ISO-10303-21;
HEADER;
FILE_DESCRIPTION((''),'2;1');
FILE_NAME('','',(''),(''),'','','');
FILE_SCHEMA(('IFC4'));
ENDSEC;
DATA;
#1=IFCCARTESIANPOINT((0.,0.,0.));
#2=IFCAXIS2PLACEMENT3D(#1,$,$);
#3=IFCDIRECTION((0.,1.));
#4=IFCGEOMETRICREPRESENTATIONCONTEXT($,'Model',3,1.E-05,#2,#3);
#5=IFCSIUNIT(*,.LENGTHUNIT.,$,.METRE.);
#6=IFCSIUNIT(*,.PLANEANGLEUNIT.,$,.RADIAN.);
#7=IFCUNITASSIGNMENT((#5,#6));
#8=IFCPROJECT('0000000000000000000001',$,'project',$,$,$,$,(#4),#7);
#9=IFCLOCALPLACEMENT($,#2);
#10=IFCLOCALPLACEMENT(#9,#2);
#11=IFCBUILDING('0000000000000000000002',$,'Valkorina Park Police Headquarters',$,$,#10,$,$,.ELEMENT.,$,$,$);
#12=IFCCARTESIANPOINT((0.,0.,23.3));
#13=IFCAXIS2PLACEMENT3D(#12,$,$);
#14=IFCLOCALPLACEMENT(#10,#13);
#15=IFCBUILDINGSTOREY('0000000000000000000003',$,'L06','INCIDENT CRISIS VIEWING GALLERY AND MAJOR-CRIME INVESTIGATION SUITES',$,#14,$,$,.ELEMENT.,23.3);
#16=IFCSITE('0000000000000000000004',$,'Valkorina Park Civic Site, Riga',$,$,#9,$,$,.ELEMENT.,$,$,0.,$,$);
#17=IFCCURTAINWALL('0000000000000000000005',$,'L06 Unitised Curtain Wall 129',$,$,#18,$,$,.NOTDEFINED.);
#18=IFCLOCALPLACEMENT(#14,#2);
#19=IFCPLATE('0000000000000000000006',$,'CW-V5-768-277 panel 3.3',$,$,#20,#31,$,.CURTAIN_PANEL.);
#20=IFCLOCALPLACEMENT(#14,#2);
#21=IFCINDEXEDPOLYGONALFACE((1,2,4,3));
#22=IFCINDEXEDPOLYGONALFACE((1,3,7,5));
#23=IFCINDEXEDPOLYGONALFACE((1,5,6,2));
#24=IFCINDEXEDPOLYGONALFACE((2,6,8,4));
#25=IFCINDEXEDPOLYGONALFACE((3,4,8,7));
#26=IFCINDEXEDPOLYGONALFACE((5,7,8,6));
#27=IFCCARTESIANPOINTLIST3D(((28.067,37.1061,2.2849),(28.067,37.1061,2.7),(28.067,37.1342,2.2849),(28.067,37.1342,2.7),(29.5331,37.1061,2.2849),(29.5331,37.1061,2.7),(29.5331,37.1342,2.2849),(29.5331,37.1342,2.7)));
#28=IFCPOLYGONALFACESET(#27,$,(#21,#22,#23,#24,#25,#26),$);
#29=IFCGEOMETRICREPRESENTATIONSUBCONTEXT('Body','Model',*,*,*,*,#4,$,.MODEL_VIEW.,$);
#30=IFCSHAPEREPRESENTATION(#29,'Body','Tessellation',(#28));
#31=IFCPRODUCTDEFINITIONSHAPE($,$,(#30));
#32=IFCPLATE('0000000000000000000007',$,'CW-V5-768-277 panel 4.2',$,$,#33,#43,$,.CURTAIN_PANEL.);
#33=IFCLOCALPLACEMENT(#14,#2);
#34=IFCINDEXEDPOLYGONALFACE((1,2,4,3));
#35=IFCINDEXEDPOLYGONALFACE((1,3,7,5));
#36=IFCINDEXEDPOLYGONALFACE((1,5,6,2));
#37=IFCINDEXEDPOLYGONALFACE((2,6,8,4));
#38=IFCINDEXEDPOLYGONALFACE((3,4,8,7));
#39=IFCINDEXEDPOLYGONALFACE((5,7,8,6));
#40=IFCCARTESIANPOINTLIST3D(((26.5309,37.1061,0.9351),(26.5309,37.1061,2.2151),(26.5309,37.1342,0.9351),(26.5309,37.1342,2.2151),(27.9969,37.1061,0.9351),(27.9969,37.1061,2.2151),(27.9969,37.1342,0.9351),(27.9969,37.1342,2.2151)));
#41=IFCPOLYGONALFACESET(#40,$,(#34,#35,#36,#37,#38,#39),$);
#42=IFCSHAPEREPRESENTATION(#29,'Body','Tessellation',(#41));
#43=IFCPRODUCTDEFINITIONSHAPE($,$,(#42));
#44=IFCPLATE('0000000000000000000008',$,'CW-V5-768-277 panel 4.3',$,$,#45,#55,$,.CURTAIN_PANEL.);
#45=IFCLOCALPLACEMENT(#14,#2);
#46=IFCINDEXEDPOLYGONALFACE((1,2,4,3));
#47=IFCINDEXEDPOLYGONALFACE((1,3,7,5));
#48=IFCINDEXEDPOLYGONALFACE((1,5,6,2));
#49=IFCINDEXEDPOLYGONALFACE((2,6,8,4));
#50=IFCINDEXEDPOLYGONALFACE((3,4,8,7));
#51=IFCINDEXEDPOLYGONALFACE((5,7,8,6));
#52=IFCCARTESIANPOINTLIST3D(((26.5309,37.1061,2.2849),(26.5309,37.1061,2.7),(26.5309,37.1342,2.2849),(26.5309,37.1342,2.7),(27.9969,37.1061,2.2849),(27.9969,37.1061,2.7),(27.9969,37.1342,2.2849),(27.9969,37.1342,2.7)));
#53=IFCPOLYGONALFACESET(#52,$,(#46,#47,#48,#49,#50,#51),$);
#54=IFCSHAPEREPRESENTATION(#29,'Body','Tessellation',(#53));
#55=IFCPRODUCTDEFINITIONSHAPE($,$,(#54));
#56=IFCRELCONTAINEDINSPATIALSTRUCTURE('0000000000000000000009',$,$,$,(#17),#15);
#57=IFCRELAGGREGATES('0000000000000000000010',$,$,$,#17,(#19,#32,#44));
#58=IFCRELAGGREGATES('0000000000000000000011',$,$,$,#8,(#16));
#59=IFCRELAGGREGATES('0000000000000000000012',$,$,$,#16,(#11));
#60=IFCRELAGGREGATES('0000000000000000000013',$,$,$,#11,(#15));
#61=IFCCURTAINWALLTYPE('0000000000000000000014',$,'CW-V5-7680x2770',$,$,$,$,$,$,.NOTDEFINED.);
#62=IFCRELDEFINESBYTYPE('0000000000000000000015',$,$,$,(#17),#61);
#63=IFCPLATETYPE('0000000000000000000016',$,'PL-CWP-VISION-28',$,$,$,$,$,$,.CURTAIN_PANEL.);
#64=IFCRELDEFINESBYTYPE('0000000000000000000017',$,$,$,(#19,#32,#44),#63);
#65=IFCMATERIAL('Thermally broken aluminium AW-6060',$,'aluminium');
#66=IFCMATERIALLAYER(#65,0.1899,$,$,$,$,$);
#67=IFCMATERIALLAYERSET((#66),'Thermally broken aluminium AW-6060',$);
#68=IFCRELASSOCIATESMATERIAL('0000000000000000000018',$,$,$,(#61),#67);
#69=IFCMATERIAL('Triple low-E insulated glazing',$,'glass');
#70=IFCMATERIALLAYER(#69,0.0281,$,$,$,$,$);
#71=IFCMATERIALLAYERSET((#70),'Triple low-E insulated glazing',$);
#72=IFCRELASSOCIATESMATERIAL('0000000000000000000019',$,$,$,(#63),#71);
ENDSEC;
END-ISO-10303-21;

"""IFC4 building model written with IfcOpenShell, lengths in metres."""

from ifc_helpers import new_model, si_unit, direction, frame, origin, origin_2d, place, context, subcontext, project, spatial, rectangle, extrude, material, layer, layer_set, type_object, element, aggregate, save


model = new_model("IFC4")

# Units and contexts
model_context = context("Model", 3, precision=1e-05, world=origin(), true_north=direction((0.0, 1.0)))
body_context = subcontext(model_context, "Body", "Model", "MODEL_VIEW")
ifc_project = project(units=[si_unit("LENGTHUNIT", "METRE"), si_unit("PLANEANGLEUNIT", "RADIAN")], contexts=[model_context])

# Site, building, storey
site_placement = place(None, origin())
site = spatial("IfcSite", under=ifc_project, at=site_placement, Name="Valkorina Park Civic Site, Riga", CompositionType="ELEMENT", RefElevation=0.0)
building_placement = place(site_placement, origin())
building = spatial("IfcBuilding", under=site, at=building_placement, Name="Valkorina Park Police Headquarters", CompositionType="ELEMENT")
storey_placement = place(building_placement, frame((0.0, 0.0, 23.3)))
storey = spatial("IfcBuildingStorey", under=building, at=storey_placement, Name="L06", Description="INCIDENT CRISIS VIEWING GALLERY AND MAJOR-CRIME INVESTIGATION SUITES", CompositionType="ELEMENT", Elevation=23.3)

# Curtain wall, plates
ifc_material_1 = material(Name="Thermally broken aluminium AW-6060", Category="aluminium")
ifc_layer_1 = layer(ifc_material_1, 0.1899)
ifc_layer_set_1 = layer_set([ifc_layer_1], Name="Thermally broken aluminium AW-6060")
curtain_wall_type = type_object("IfcCurtainWallType", Name="CW-V5-7680x2770", PredefinedType="NOTDEFINED", material=ifc_layer_set_1)
curtain_wall_placement = place(storey_placement, origin())
curtain_wall = element("IfcCurtainWall", 1, at=curtain_wall_placement, inside=storey, type_object=curtain_wall_type, Name="L06 Unitised Curtain Wall 129", PredefinedType="NOTDEFINED")
ifc_material_2 = material(Name="Triple low-E insulated glazing", Category="glass")
ifc_layer_2 = layer(ifc_material_2, 0.0281)
ifc_layer_set_2 = layer_set([ifc_layer_2], Name="Triple low-E insulated glazing")
plate_type_1 = type_object("IfcPlateType", Name="PL-CWP-VISION-28", PredefinedType="CURTAIN_PANEL", material=ifc_layer_set_2)
plate_1_placement = place(storey_placement, frame((28.8, 37.1201, 2.2849), z_axis=(0.0, 0.0, 1.0), x_axis=(-1.0, 0.0, 0.0)))
plate_1 = element("IfcPlate", 2, at=plate_1_placement, type_object=plate_type_1, Name="CW-V5-768-277 panel 3.3", PredefinedType="CURTAIN_PANEL", context=body_context, shape_type="SweptSolid", body=[
    extrude(rectangle(XDim=1.4661, YDim=0.0281, at=origin_2d()), origin(), (0.0, 0.0, 1.0), 0.415),
])
plate_2_placement = place(storey_placement, frame((27.2639, 37.1201, 0.9351), z_axis=(0.0, 0.0, 1.0), x_axis=(-1.0, 0.0, 0.0)))
plate_2 = element("IfcPlate", 3, at=plate_2_placement, type_object=plate_type_1, Name="CW-V5-768-277 panel 4.2", PredefinedType="CURTAIN_PANEL", context=body_context, shape_type="SweptSolid", body=[
    extrude(rectangle(XDim=1.4661, YDim=0.0281, at=origin_2d()), origin(), (0.0, 0.0, 1.0), 1.28),
])
plate_3_placement = place(storey_placement, frame((27.2639, 37.1201, 2.2849), z_axis=(0.0, 0.0, 1.0), x_axis=(-1.0, 0.0, 0.0)))
plate_3 = element("IfcPlate", 4, at=plate_3_placement, type_object=plate_type_1, Name="CW-V5-768-277 panel 4.3", PredefinedType="CURTAIN_PANEL", context=body_context, shape_type="SweptSolid", body=[
    extrude(rectangle(XDim=1.4661, YDim=0.0281, at=origin_2d()), origin(), (0.0, 0.0, 1.0), 0.415),
])
aggregate(curtain_wall, [plate_1, plate_2, plate_3])

save(model, "model.ifc")
